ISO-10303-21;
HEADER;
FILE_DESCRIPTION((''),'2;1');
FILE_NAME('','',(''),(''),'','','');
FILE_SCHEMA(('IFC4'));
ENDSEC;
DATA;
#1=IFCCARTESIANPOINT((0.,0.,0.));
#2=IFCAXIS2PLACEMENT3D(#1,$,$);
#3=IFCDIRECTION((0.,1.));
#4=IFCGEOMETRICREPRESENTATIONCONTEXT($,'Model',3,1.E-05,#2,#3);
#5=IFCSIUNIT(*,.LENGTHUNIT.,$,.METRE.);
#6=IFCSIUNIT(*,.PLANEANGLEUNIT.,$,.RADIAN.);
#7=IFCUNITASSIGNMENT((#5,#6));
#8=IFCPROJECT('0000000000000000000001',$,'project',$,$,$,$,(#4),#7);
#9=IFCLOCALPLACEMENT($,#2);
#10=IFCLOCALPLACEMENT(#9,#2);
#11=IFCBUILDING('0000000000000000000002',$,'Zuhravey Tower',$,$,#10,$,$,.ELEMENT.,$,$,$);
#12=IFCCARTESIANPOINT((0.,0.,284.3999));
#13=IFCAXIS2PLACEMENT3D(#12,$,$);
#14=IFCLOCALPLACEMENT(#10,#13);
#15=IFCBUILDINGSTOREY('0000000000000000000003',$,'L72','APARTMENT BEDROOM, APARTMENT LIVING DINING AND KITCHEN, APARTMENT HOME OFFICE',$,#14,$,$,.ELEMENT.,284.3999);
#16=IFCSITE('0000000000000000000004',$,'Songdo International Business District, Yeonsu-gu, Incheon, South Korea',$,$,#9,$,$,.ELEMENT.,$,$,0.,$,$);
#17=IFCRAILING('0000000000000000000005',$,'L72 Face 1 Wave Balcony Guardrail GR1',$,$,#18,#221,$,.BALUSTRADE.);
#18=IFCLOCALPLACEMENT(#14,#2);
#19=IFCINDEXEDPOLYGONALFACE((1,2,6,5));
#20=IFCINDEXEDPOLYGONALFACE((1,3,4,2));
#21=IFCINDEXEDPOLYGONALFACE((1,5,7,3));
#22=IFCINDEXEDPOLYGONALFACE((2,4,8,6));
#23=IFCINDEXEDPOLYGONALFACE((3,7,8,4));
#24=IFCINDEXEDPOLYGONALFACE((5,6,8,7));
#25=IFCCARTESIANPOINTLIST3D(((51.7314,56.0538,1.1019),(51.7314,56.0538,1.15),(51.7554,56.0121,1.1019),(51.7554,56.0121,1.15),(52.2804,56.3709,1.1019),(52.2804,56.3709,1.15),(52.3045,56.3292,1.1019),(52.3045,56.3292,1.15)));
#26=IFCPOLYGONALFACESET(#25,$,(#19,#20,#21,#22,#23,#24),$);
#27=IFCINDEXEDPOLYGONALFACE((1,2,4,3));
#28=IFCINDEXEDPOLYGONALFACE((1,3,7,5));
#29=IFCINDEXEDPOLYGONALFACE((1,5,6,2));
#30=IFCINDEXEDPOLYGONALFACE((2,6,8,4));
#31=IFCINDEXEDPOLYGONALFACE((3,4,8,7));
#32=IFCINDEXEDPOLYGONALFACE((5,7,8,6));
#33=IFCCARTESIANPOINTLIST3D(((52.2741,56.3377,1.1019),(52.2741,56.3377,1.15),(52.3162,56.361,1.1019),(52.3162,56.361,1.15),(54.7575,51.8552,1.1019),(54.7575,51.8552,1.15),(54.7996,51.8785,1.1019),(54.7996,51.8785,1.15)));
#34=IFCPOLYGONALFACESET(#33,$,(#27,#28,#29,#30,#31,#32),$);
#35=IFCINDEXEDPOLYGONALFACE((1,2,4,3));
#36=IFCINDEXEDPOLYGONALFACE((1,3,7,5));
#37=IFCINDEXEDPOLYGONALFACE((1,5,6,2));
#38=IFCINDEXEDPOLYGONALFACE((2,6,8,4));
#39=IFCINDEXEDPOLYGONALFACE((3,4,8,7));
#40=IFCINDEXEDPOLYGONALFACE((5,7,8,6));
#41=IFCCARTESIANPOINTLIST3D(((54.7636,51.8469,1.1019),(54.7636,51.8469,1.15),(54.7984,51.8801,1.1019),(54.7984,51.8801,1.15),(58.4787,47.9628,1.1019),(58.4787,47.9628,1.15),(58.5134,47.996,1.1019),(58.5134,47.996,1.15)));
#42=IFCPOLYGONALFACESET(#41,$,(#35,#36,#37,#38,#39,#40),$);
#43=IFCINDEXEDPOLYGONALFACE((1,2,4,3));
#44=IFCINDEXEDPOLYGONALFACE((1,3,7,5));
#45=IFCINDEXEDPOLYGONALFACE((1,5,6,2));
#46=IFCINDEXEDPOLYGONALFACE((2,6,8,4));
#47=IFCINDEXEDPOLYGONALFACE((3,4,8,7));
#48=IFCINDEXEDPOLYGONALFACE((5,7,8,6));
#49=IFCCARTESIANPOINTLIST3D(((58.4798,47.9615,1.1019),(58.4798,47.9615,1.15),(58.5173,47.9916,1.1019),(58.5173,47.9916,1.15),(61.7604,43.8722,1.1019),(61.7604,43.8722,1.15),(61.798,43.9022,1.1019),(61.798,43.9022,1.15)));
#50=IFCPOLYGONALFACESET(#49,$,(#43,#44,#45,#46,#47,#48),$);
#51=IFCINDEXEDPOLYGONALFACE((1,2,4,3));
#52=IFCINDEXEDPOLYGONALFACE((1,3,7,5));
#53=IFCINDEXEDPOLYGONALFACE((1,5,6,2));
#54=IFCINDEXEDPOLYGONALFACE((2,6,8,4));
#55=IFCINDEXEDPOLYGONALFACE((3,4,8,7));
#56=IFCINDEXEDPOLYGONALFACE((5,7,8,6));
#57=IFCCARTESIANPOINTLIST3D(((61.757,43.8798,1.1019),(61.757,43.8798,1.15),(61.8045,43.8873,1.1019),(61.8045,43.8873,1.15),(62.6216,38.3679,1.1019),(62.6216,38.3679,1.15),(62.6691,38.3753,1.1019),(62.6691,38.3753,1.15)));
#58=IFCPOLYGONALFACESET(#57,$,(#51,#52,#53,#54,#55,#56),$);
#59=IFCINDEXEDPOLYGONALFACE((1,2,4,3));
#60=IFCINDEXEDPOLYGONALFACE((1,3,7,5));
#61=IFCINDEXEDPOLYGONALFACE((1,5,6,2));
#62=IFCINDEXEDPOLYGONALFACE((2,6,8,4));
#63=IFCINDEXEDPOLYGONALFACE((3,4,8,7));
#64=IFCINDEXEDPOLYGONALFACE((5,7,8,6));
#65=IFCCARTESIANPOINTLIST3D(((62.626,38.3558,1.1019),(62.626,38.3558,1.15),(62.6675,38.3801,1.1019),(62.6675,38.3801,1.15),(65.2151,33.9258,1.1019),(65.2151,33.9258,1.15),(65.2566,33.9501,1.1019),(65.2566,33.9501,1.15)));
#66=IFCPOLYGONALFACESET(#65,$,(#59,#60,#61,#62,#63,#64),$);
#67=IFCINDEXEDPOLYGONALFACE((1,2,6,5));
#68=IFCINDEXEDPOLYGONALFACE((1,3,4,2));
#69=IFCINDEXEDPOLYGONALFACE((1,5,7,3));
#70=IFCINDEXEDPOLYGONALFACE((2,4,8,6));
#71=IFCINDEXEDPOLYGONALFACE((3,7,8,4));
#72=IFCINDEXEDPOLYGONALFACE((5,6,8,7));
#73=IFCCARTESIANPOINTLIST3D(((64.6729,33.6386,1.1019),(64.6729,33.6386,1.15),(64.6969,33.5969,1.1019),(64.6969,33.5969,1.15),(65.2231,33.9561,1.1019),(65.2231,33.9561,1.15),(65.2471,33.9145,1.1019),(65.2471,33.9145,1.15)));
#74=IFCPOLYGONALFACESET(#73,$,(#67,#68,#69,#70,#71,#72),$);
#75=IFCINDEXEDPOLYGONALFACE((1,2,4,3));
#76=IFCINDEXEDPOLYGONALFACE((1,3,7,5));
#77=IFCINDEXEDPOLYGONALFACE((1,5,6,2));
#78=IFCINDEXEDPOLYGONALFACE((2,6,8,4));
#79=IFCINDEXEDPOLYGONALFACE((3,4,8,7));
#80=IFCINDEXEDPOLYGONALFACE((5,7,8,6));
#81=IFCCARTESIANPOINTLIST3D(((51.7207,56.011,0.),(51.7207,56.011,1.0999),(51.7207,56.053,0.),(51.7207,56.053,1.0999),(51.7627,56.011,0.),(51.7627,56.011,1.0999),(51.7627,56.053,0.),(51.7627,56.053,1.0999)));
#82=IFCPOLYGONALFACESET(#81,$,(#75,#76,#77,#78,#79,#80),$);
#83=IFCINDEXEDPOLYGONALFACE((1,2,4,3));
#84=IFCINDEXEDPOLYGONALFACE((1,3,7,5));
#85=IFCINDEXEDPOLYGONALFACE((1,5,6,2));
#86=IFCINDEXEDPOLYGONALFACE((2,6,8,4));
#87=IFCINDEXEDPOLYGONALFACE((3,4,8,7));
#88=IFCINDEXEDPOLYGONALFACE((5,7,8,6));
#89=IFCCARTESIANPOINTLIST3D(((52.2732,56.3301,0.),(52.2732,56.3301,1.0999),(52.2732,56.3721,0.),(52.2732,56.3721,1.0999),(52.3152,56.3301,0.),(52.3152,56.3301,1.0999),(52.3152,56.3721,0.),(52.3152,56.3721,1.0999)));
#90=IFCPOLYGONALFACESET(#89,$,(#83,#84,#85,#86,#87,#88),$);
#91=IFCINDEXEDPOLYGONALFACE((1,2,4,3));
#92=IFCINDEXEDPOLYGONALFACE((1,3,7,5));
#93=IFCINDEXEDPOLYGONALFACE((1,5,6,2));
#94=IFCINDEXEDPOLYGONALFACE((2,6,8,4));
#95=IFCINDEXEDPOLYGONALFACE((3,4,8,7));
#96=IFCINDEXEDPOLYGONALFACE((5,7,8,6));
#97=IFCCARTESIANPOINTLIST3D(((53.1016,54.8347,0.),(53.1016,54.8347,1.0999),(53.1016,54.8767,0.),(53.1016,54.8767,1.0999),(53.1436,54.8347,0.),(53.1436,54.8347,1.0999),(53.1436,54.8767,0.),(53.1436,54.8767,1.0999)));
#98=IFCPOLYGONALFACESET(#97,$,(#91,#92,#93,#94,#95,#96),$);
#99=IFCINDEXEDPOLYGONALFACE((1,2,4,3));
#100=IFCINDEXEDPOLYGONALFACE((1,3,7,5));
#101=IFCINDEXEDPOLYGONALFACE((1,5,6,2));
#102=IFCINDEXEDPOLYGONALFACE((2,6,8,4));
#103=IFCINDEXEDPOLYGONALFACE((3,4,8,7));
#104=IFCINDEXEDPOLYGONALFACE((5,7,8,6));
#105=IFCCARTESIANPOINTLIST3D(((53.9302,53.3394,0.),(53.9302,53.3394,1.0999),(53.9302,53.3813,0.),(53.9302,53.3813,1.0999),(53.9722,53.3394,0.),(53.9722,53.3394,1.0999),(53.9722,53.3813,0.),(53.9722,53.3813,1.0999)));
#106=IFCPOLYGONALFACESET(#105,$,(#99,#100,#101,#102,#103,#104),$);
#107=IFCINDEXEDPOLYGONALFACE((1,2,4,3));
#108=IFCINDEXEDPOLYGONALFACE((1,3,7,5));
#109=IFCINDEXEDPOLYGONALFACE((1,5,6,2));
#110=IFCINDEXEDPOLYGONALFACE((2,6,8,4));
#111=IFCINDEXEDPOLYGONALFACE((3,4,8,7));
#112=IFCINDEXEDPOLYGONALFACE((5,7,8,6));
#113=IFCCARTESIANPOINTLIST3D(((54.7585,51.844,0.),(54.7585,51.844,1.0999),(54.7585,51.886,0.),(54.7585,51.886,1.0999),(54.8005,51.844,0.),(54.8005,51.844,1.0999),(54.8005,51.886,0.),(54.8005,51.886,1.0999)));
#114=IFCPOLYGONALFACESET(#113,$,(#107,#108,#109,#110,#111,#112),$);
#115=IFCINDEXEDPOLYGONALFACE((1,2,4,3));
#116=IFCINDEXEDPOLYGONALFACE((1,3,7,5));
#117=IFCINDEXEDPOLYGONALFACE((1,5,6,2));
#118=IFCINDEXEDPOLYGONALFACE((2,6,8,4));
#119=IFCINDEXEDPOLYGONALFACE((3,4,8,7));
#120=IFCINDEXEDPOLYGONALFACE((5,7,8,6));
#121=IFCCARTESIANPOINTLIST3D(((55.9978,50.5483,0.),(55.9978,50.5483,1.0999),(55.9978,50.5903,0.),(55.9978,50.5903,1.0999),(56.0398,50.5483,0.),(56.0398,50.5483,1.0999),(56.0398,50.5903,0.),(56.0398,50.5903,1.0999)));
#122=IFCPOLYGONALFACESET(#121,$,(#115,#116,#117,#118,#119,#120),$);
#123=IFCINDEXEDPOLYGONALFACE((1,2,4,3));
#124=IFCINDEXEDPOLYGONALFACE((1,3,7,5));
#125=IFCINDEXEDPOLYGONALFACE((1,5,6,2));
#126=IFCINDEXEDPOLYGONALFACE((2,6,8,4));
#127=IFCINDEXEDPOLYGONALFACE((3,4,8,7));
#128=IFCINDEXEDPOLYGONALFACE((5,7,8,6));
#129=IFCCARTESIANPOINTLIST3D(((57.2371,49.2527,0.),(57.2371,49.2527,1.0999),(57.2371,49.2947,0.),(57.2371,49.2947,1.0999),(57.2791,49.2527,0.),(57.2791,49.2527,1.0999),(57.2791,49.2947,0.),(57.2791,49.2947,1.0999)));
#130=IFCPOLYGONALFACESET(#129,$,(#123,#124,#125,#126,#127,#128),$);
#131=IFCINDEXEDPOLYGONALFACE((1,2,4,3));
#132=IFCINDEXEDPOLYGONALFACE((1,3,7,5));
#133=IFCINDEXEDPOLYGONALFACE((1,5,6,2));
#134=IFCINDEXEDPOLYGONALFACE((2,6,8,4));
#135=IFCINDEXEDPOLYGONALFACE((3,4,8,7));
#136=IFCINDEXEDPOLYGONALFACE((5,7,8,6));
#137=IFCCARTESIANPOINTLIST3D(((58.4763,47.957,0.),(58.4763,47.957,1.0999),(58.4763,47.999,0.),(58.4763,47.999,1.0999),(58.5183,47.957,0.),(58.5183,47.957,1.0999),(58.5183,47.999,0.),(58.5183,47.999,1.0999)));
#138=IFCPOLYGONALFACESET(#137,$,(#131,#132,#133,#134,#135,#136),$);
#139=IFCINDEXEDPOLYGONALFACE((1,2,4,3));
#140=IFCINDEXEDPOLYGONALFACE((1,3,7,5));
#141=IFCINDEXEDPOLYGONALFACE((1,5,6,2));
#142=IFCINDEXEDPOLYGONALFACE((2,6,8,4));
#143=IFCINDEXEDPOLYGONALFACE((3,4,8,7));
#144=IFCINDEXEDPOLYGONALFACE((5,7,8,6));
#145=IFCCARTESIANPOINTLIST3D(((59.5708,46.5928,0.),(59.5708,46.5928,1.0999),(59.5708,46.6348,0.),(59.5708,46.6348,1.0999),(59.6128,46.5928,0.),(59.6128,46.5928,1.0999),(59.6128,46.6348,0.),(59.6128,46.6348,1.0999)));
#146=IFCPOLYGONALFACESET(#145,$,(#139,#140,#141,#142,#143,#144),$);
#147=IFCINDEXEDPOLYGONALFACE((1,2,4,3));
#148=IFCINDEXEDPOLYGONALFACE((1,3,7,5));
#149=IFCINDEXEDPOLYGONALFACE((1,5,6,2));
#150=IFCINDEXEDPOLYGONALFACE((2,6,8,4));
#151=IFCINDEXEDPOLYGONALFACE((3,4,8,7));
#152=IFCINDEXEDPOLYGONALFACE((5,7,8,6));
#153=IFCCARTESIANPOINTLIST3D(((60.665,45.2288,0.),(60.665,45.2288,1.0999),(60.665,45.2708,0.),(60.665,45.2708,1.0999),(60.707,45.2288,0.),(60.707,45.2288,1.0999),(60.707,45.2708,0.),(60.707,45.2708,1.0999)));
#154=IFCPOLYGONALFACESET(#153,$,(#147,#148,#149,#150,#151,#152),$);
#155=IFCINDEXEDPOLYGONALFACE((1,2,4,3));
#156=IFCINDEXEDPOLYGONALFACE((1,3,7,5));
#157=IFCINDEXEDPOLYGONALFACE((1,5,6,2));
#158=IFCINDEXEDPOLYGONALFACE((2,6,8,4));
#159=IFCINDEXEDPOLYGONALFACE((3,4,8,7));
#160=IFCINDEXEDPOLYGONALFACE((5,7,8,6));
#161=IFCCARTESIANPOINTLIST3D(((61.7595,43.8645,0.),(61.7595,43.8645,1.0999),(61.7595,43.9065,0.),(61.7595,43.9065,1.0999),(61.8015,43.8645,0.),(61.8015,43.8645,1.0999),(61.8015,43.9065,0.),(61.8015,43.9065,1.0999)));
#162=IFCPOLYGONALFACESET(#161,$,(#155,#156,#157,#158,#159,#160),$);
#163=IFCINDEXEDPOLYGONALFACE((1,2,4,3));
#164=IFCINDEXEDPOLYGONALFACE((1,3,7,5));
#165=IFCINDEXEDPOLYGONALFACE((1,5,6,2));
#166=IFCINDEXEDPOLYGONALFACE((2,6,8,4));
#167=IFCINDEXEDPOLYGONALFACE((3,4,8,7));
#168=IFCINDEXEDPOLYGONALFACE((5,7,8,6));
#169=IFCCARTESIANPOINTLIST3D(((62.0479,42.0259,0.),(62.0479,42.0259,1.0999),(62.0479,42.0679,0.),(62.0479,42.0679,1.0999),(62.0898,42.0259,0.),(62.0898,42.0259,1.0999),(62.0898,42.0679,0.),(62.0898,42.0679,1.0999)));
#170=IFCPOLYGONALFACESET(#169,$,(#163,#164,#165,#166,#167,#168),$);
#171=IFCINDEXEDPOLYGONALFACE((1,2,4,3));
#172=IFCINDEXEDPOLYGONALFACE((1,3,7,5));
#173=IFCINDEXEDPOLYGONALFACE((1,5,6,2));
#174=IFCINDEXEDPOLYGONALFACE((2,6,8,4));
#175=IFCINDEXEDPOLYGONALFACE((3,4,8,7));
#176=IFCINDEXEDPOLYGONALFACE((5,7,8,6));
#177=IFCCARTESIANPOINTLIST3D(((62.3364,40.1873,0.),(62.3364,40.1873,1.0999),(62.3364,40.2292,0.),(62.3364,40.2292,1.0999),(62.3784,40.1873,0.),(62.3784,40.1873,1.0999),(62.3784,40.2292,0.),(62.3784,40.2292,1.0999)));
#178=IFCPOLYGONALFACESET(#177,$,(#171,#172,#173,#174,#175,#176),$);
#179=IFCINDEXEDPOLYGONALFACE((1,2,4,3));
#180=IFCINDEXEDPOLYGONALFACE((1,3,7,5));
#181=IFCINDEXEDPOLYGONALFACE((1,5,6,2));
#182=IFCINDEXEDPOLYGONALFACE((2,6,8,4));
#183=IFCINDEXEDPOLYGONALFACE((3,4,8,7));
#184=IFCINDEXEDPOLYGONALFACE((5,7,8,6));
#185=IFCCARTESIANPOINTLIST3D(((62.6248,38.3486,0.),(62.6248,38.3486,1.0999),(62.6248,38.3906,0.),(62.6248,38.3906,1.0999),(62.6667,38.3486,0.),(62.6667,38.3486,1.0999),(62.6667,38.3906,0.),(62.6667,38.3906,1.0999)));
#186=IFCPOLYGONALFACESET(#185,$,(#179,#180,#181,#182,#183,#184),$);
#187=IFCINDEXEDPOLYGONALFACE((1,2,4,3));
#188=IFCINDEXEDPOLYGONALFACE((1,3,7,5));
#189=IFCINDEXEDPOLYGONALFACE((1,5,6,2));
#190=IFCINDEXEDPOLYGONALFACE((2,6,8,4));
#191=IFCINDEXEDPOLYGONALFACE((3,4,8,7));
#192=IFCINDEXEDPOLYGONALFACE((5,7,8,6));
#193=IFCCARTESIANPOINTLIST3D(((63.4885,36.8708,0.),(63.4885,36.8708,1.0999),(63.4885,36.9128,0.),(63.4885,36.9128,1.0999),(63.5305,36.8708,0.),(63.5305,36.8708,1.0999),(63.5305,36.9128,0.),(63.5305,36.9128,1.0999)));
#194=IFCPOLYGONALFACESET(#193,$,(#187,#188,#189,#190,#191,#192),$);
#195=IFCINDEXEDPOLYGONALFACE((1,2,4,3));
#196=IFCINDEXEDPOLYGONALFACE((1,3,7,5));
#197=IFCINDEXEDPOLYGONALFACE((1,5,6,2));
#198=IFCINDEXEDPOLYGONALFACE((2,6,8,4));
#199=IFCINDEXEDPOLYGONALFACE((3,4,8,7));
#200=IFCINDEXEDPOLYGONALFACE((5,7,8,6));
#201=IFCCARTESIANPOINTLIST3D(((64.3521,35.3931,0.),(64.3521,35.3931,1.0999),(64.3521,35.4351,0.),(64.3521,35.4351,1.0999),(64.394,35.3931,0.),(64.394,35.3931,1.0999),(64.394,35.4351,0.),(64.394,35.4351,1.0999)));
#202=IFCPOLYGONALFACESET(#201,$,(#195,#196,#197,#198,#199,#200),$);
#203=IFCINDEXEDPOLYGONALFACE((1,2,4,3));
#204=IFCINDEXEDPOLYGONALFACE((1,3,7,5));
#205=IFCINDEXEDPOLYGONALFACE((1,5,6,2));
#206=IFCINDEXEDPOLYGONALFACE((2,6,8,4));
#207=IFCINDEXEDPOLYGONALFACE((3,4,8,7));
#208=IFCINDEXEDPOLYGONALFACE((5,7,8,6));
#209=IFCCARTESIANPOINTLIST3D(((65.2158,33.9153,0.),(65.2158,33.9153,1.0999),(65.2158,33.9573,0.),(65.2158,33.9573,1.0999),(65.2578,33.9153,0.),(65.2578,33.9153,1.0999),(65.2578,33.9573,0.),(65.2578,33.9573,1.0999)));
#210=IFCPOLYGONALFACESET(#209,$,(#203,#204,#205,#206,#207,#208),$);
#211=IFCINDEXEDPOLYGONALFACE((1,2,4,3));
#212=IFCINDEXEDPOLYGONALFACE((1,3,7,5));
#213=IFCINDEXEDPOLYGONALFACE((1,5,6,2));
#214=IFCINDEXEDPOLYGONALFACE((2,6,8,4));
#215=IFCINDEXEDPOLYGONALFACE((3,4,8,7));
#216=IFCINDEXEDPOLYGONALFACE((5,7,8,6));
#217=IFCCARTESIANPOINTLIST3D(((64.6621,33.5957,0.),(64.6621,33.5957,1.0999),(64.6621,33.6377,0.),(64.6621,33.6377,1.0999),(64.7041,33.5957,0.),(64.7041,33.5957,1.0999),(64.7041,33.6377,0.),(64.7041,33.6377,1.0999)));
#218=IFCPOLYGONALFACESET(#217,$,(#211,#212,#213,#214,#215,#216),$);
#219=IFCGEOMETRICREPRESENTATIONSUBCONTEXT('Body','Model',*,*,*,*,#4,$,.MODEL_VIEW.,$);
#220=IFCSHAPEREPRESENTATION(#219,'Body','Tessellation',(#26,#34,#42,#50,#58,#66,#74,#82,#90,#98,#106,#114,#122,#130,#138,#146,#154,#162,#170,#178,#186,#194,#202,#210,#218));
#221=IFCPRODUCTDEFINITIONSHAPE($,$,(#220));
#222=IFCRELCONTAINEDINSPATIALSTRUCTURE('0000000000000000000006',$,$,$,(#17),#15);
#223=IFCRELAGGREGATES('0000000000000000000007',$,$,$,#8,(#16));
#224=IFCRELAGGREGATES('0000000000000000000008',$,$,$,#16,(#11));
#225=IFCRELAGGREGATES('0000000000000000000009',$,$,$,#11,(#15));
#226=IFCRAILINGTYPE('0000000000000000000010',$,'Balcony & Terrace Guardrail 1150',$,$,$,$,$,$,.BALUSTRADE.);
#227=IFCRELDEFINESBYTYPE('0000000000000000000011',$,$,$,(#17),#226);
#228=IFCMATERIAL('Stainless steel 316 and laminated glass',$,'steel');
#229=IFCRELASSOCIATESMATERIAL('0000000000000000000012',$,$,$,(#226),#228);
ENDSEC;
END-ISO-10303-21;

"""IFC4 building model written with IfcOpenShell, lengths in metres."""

from ifc_helpers import new_model, si_unit, direction, frame, origin, origin_2d, place, context, subcontext, project, spatial, rectangle, extrude, material, type_object, element, save


model = new_model("IFC4")

# Units and contexts
model_context = context("Model", 3, precision=1e-05, world=origin(), true_north=direction((0.0, 1.0)))
body_context = subcontext(model_context, "Body", "Model", "MODEL_VIEW")
ifc_project = project(units=[si_unit("LENGTHUNIT", "METRE"), si_unit("PLANEANGLEUNIT", "RADIAN")], contexts=[model_context])

# Site, building, storey
site_placement = place(None, origin())
site = spatial("IfcSite", under=ifc_project, at=site_placement, Name="Songdo International Business District, Yeonsu-gu, Incheon, South Korea", CompositionType="ELEMENT", RefElevation=0.0)
building_placement = place(site_placement, origin())
building = spatial("IfcBuilding", under=site, at=building_placement, Name="Zuhravey Tower", CompositionType="ELEMENT")
storey_placement = place(building_placement, frame((0.0, 0.0, 284.3999)))
storey = spatial("IfcBuildingStorey", under=building, at=storey_placement, Name="L72", Description="APARTMENT BEDROOM, APARTMENT LIVING DINING AND KITCHEN, APARTMENT HOME OFFICE", CompositionType="ELEMENT", Elevation=284.3999)

# Railing
ifc_material_1 = material(Name="Stainless steel 316 and laminated glass", Category="steel")
railing_type = type_object("IfcRailingType", Name="Balcony & Terrace Guardrail 1150", PredefinedType="BALUSTRADE", material=ifc_material_1)
railing_placement = place(storey_placement, frame((51.7417, 56.032, 0.0)))
element("IfcRailing", 1, at=railing_placement, inside=storey, type_object=railing_type, Name="L72 Face 1 Wave Balcony Guardrail GR1", PredefinedType="BALUSTRADE", context=body_context, shape_type="SweptSolid", body=[
    extrude(rectangle(XDim=0.0481, YDim=0.0481, at=origin_2d()), frame((0.0017, 0.001, 1.126), z_axis=(0.86595, 0.500131, 0.0), x_axis=(-0.500131, 0.86595, 0.0)), (0.0, 0.0, 1.0), 0.634),
    extrude(rectangle(XDim=0.0481, YDim=0.0481, at=origin_2d()), frame((0.5535, 0.3174, 1.126), z_axis=(0.484612, -0.874729, 0.0), x_axis=(0.874729, 0.484612, 0.0)), (0.0, 0.0, 1.0), 5.1245),
    extrude(rectangle(XDim=0.0481, YDim=0.0481, at=origin_2d()), frame((3.0393, -4.1685, 1.126), z_axis=(0.691204, -0.72266, 0.0), x_axis=(0.72266, 0.691204, 0.0)), (0.0, 0.0, 1.0), 5.3748),
    extrude(rectangle(XDim=0.0481, YDim=0.0481, at=origin_2d()), frame((6.7568, -8.0554, 1.126), z_axis=(0.625761, -0.780015, 0.0), x_axis=(0.780015, 0.625761, 0.0)), (0.0, 0.0, 1.0), 5.2427),
    extrude(rectangle(XDim=0.0481, YDim=0.0481, at=origin_2d()), frame((10.0391, -12.1484, 1.126), z_axis=(0.154968, -0.98792, 0.0), x_axis=(0.98792, 0.154968, 0.0)), (0.0, 0.0, 1.0), 5.5793),
    extrude(rectangle(XDim=0.0481, YDim=0.0481, at=origin_2d()), frame((10.905, -17.6641, 1.126), z_axis=(0.504589, -0.86336, 0.0), x_axis=(0.86336, 0.504589, 0.0)), (0.0, 0.0, 1.0), 5.1311),
    extrude(rectangle(XDim=0.0481, YDim=0.0481, at=origin_2d()), frame((13.4934, -22.0967, 1.126), z_axis=(-0.866097, -0.499877, 0.0), x_axis=(0.499877, -0.866097, 0.0)), (0.0, 0.0, 1.0), 0.6353),
    extrude(rectangle(XDim=0.042, YDim=0.042, at=origin_2d()), origin(), (0.0, 0.0, 1.0), 1.0999),
    extrude(rectangle(XDim=0.042, YDim=0.042, at=origin_2d()), frame((0.5525, 0.3191, 0.0)), (0.0, 0.0, 1.0), 1.0999),
    extrude(rectangle(XDim=0.042, YDim=0.042, at=origin_2d()), frame((1.3809, -1.1763, 0.0)), (0.0, 0.0, 1.0), 1.0999),
    extrude(rectangle(XDim=0.042, YDim=0.042, at=origin_2d()), frame((2.2095, -2.6716, 0.0)), (0.0, 0.0, 1.0), 1.0999),
    extrude(rectangle(XDim=0.042, YDim=0.042, at=origin_2d()), frame((3.0378, -4.167, 0.0)), (0.0, 0.0, 1.0), 1.0999),
    extrude(rectangle(XDim=0.042, YDim=0.042, at=origin_2d()), frame((4.2771, -5.4626, 0.0)), (0.0, 0.0, 1.0), 1.0999),
    extrude(rectangle(XDim=0.042, YDim=0.042, at=origin_2d()), frame((5.5164, -6.7583, 0.0)), (0.0, 0.0, 1.0), 1.0999),
    extrude(rectangle(XDim=0.042, YDim=0.042, at=origin_2d()), frame((6.7556, -8.054, 0.0)), (0.0, 0.0, 1.0), 1.0999),
    extrude(rectangle(XDim=0.042, YDim=0.042, at=origin_2d()), frame((7.8501, -9.4182, 0.0)), (0.0, 0.0, 1.0), 1.0999),
    extrude(rectangle(XDim=0.042, YDim=0.042, at=origin_2d()), frame((8.9443, -10.7822, 0.0)), (0.0, 0.0, 1.0), 1.0999),
    extrude(rectangle(XDim=0.042, YDim=0.042, at=origin_2d()), frame((10.0388, -12.1465, 0.0)), (0.0, 0.0, 1.0), 1.0999),
    extrude(rectangle(XDim=0.042, YDim=0.042, at=origin_2d()), frame((10.3271, -13.9851, 0.0)), (0.0, 0.0, 1.0), 1.0999),
    extrude(rectangle(XDim=0.042, YDim=0.042, at=origin_2d()), frame((10.6157, -15.8237, 0.0)), (0.0, 0.0, 1.0), 1.0999),
    extrude(rectangle(XDim=0.042, YDim=0.042, at=origin_2d()), frame((10.9041, -17.6624, 0.0)), (0.0, 0.0, 1.0), 1.0999),
    extrude(rectangle(XDim=0.042, YDim=0.042, at=origin_2d()), frame((11.7678, -19.1401, 0.0)), (0.0, 0.0, 1.0), 1.0999),
    extrude(rectangle(XDim=0.042, YDim=0.042, at=origin_2d()), frame((12.6313, -20.6179, 0.0)), (0.0, 0.0, 1.0), 1.0999),
    extrude(rectangle(XDim=0.042, YDim=0.042, at=origin_2d()), frame((13.4951, -22.0957, 0.0)), (0.0, 0.0, 1.0), 1.0999),
    extrude(rectangle(XDim=0.042, YDim=0.042, at=origin_2d()), frame((12.9414, -22.4153, 0.0)), (0.0, 0.0, 1.0), 1.0999),
])

save(model, "model.ifc")
